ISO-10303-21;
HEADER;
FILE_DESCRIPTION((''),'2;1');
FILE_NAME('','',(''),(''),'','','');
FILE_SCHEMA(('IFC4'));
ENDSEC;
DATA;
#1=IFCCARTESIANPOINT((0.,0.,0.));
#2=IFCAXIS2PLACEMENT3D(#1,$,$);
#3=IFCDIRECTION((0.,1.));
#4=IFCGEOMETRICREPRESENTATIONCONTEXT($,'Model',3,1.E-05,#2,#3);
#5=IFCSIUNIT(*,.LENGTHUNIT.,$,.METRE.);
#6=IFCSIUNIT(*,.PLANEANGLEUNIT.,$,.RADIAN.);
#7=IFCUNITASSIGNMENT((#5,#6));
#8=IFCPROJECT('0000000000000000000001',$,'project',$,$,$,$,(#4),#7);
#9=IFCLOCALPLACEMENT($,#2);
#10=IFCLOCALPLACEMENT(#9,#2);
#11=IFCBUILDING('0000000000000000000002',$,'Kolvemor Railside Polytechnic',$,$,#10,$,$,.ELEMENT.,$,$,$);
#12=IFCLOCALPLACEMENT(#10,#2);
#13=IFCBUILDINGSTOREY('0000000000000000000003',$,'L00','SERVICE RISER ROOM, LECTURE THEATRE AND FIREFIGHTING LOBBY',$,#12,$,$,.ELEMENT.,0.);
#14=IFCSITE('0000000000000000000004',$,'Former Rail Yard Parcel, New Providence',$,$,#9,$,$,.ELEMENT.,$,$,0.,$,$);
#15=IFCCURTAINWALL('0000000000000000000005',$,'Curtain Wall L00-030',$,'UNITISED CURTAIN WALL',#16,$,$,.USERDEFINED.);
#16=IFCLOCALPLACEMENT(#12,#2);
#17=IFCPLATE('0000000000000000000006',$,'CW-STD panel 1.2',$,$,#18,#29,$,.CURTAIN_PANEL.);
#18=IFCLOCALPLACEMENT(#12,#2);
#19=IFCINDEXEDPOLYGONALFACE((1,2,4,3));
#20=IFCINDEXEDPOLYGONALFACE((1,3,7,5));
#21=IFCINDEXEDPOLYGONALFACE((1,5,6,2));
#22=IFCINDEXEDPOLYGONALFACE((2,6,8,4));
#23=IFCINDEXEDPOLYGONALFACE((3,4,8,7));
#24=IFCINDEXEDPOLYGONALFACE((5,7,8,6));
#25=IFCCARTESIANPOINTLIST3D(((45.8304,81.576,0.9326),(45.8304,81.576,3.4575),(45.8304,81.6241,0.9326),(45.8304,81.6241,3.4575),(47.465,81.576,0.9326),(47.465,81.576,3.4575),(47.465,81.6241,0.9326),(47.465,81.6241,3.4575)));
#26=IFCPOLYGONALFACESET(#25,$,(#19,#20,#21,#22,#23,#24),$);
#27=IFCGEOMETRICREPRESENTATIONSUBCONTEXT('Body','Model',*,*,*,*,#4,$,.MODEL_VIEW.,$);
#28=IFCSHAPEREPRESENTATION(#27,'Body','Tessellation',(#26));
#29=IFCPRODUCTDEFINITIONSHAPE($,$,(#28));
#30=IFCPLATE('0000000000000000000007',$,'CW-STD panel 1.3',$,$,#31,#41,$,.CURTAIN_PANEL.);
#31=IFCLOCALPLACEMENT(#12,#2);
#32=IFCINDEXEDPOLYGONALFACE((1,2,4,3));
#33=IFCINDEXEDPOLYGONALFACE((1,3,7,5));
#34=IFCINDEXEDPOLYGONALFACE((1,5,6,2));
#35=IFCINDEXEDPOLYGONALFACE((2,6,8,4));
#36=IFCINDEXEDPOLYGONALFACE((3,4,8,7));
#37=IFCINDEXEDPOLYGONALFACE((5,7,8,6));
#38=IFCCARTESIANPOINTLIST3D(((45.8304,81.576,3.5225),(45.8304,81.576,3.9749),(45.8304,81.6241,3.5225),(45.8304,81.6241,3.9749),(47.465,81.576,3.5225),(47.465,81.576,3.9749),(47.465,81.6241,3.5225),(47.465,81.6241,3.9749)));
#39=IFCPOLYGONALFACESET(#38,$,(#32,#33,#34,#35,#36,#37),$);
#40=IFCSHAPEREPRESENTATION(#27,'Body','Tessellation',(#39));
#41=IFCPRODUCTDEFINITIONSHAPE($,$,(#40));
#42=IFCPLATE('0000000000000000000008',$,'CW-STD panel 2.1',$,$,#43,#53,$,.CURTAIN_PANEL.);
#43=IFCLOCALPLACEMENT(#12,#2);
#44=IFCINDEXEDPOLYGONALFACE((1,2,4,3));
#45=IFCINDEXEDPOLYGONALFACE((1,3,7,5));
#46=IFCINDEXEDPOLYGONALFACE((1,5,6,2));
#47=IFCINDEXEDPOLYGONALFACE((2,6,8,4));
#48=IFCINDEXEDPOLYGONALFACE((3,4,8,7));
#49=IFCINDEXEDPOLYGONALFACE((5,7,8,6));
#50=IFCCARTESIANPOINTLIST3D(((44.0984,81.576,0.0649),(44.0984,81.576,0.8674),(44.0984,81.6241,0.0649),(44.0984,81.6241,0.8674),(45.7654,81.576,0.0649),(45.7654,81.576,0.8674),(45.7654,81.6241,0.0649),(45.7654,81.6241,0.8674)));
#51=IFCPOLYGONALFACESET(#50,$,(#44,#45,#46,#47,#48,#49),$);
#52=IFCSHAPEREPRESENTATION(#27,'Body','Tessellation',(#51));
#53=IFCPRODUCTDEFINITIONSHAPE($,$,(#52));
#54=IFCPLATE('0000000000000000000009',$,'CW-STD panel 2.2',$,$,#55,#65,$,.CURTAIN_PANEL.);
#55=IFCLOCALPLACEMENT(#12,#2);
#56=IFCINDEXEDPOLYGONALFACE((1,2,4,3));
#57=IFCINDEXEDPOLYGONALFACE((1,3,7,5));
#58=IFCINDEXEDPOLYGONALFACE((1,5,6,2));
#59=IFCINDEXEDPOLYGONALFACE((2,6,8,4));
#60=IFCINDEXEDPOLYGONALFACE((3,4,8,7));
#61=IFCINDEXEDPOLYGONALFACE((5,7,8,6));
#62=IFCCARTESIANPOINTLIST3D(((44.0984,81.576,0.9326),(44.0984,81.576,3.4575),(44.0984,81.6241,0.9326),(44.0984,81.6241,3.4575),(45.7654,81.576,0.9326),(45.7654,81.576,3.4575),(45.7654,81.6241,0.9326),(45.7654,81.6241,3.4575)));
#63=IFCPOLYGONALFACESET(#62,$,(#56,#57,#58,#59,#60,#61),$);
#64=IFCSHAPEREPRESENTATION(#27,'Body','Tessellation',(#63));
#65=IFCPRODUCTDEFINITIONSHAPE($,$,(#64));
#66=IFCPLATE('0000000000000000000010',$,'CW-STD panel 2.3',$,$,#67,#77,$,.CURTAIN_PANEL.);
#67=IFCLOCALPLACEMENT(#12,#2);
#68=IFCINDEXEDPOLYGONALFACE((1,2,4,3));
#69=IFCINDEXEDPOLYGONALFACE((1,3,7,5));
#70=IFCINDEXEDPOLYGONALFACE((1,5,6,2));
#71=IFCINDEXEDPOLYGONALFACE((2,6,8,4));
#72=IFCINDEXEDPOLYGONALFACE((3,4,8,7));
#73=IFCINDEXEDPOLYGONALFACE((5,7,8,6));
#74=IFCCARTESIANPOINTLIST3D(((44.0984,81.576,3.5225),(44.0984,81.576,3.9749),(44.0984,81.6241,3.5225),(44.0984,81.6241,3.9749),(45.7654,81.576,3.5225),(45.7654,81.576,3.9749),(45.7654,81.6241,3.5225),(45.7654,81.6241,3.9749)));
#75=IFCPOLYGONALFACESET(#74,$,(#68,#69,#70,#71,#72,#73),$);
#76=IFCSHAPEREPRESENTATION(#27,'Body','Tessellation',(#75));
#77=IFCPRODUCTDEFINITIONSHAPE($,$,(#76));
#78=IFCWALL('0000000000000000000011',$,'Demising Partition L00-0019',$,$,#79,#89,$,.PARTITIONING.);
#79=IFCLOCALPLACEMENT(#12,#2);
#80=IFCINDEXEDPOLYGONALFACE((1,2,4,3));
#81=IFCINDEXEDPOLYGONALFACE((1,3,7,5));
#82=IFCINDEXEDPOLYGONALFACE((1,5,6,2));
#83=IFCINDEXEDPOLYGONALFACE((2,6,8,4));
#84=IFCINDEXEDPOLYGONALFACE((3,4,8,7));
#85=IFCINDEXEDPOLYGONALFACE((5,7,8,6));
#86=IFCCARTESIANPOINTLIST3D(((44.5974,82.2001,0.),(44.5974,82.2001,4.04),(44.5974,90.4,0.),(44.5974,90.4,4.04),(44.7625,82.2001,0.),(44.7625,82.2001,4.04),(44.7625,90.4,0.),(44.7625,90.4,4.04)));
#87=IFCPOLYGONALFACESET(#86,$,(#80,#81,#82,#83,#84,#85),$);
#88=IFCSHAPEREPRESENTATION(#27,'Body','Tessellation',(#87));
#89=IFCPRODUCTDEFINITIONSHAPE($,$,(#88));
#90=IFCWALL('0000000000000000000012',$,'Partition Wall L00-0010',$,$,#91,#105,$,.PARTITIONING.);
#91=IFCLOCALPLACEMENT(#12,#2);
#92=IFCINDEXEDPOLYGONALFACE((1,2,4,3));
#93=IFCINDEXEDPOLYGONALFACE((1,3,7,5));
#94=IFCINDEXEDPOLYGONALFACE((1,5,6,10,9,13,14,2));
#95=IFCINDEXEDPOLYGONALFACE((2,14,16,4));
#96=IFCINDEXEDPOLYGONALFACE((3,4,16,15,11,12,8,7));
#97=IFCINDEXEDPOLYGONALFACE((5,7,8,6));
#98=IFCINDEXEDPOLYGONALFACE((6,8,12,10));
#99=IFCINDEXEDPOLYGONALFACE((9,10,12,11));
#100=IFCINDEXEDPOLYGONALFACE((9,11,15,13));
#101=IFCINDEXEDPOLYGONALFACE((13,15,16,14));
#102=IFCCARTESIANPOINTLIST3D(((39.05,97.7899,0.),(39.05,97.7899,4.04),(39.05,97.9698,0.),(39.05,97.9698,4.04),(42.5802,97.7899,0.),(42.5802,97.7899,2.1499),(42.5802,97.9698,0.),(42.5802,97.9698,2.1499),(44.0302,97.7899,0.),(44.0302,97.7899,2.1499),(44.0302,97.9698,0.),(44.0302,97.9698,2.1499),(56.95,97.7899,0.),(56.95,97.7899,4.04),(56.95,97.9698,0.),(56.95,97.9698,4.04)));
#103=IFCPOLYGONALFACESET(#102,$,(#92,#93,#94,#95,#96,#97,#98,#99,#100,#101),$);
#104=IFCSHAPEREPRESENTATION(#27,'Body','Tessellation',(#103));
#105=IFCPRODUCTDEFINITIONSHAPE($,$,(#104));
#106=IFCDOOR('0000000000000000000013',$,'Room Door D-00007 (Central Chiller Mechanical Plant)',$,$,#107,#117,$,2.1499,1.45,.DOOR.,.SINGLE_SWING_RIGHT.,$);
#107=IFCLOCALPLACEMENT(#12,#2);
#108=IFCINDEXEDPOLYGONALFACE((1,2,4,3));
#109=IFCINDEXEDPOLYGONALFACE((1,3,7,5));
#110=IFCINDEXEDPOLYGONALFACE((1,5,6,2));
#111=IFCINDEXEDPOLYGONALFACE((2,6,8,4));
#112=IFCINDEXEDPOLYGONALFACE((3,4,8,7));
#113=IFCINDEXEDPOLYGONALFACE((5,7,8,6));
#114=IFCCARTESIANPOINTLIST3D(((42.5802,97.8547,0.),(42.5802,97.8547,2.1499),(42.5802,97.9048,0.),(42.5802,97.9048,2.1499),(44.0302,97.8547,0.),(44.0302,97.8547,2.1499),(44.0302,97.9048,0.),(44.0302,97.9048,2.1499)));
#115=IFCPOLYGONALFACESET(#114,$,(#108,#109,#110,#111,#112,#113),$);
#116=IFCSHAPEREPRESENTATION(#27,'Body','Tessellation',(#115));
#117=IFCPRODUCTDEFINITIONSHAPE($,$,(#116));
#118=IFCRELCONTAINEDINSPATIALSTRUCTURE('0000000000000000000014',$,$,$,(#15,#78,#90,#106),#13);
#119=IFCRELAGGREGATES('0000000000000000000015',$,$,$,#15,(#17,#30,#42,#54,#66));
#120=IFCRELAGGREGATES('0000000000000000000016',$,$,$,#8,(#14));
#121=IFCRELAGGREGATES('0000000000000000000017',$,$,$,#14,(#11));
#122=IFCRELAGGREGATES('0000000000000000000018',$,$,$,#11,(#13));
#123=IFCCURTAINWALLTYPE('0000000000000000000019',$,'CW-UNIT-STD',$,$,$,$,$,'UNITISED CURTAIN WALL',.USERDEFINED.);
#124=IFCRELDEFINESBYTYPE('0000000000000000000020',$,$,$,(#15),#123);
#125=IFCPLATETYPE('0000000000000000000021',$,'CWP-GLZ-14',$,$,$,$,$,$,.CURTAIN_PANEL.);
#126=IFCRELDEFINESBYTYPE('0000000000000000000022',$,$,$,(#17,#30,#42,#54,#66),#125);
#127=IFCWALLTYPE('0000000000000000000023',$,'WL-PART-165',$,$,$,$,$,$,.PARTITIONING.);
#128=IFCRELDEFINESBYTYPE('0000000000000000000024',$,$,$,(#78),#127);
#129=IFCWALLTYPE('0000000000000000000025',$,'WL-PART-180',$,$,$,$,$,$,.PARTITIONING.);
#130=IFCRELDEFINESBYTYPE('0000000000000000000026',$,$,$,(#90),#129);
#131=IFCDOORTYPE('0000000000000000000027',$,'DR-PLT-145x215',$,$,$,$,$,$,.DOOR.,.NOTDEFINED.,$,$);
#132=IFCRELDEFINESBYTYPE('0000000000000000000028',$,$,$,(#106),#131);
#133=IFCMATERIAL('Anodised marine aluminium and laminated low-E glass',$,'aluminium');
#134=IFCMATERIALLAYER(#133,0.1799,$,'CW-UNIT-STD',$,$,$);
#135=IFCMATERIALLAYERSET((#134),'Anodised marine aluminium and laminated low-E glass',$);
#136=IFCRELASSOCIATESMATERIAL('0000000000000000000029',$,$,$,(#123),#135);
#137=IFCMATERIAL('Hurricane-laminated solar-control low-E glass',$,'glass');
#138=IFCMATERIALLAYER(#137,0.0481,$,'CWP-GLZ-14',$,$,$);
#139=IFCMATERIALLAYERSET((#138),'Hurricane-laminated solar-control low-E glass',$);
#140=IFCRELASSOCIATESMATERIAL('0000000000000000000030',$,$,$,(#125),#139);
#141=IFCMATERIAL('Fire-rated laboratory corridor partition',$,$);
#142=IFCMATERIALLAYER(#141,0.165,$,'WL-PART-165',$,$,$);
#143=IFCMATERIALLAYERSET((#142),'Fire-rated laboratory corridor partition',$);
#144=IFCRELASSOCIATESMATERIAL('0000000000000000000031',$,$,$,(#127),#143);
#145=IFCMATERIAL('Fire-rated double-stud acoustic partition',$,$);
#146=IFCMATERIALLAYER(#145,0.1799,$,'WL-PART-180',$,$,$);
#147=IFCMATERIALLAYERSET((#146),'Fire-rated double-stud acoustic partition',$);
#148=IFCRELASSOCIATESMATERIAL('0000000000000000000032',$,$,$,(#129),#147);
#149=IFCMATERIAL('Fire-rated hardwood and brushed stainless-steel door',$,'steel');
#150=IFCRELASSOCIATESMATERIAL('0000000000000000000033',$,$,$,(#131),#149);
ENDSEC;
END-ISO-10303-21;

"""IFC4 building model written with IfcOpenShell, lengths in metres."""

from ifc_helpers import new_model, si_unit, direction, frame, frame_2d, origin, origin_2d, place, context, subcontext, project, spatial, rectangle, extrude, material, layer, layer_set, type_object, element, fill, aggregate, save


model = new_model("IFC4")

# Units and contexts
model_context = context("Model", 3, precision=1e-05, world=origin(), true_north=direction((0.0, 1.0)))
body_context = subcontext(model_context, "Body", "Model", "MODEL_VIEW")
ifc_project = project(units=[si_unit("LENGTHUNIT", "METRE"), si_unit("PLANEANGLEUNIT", "RADIAN")], contexts=[model_context])

# Site, building, storey
site_placement = place(None, origin())
site = spatial("IfcSite", under=ifc_project, at=site_placement, Name="Former Rail Yard Parcel, New Providence", CompositionType="ELEMENT", RefElevation=0.0)
building_placement = place(site_placement, origin())
building = spatial("IfcBuilding", under=site, at=building_placement, Name="Kolvemor Railside Polytechnic", CompositionType="ELEMENT")
storey_placement = place(building_placement, origin())
storey = spatial("IfcBuildingStorey", under=building, at=storey_placement, Name="L00", Description="SERVICE RISER ROOM, LECTURE THEATRE AND FIREFIGHTING LOBBY", CompositionType="ELEMENT", Elevation=0.0)

# Curtain wall, plates
ifc_material_1 = material(Name="Anodised marine aluminium and laminated low-E glass", Category="aluminium")
ifc_layer_1 = layer(ifc_material_1, 0.1799, Name="CW-UNIT-STD")
ifc_layer_set_1 = layer_set([ifc_layer_1], Name="Anodised marine aluminium and laminated low-E glass")
curtain_wall_type = type_object("IfcCurtainWallType", Name="CW-UNIT-STD", ElementType="UNITISED CURTAIN WALL", PredefinedType="USERDEFINED", material=ifc_layer_set_1)
curtain_wall_placement = place(storey_placement, origin())
curtain_wall = element("IfcCurtainWall", 1, at=curtain_wall_placement, inside=storey, type_object=curtain_wall_type, Name="Curtain Wall L00-030", ObjectType="UNITISED CURTAIN WALL", PredefinedType="USERDEFINED")
ifc_material_2 = material(Name="Hurricane-laminated solar-control low-E glass", Category="glass")
ifc_layer_2 = layer(ifc_material_2, 0.0481, Name="CWP-GLZ-14")
ifc_layer_set_2 = layer_set([ifc_layer_2], Name="Hurricane-laminated solar-control low-E glass")
plate_type = type_object("IfcPlateType", Name="CWP-GLZ-14", PredefinedType="CURTAIN_PANEL", material=ifc_layer_set_2)
plate_1_placement = place(storey_placement, frame((46.6477, 81.6001, 0.9326), z_axis=(0.0, 0.0, 1.0), x_axis=(-1.0, 0.0, 0.0)))
plate_1 = element("IfcPlate", 2, at=plate_1_placement, type_object=plate_type, Name="CW-STD panel 1.2", PredefinedType="CURTAIN_PANEL", context=body_context, shape_type="SweptSolid", body=[
    extrude(rectangle(XDim=1.6345, YDim=0.0481, at=origin_2d()), origin(), (0.0, 0.0, 1.0), 2.5249),
])
plate_2_placement = place(storey_placement, frame((46.6477, 81.6001, 3.5225), z_axis=(0.0, 0.0, 1.0), x_axis=(-1.0, 0.0, 0.0)))
plate_2 = element("IfcPlate", 3, at=plate_2_placement, type_object=plate_type, Name="CW-STD panel 1.3", PredefinedType="CURTAIN_PANEL", context=body_context, shape_type="SweptSolid", body=[
    extrude(rectangle(XDim=1.6345, YDim=0.0481, at=origin_2d()), origin(), (0.0, 0.0, 1.0), 0.4524),
])
plate_3_placement = place(storey_placement, frame((44.9319, 81.6001, 0.0649), z_axis=(0.0, 0.0, 1.0), x_axis=(-1.0, 0.0, 0.0)))
plate_3 = element("IfcPlate", 4, at=plate_3_placement, type_object=plate_type, Name="CW-STD panel 2.1", PredefinedType="CURTAIN_PANEL", context=body_context, shape_type="SweptSolid", body=[
    extrude(rectangle(XDim=1.667, YDim=0.0481, at=origin_2d()), origin(), (0.0, 0.0, 1.0), 0.8025),
])
plate_4_placement = place(storey_placement, frame((44.9319, 81.6001, 0.9326), z_axis=(0.0, 0.0, 1.0), x_axis=(-1.0, 0.0, 0.0)))
plate_4 = element("IfcPlate", 5, at=plate_4_placement, type_object=plate_type, Name="CW-STD panel 2.2", PredefinedType="CURTAIN_PANEL", context=body_context, shape_type="SweptSolid", body=[
    extrude(rectangle(XDim=1.667, YDim=0.0481, at=origin_2d()), origin(), (0.0, 0.0, 1.0), 2.5249),
])
plate_5_placement = place(storey_placement, frame((44.9319, 81.6001, 3.5225), z_axis=(0.0, 0.0, 1.0), x_axis=(-1.0, 0.0, 0.0)))
plate_5 = element("IfcPlate", 6, at=plate_5_placement, type_object=plate_type, Name="CW-STD panel 2.3", PredefinedType="CURTAIN_PANEL", context=body_context, shape_type="SweptSolid", body=[
    extrude(rectangle(XDim=1.667, YDim=0.0481, at=origin_2d()), origin(), (0.0, 0.0, 1.0), 0.4524),
])
aggregate(curtain_wall, [plate_1, plate_2, plate_3, plate_4, plate_5])

# Wall
ifc_material_3 = material(Name="Fire-rated laboratory corridor partition")
ifc_layer_3 = layer(ifc_material_3, 0.165, Name="WL-PART-165")
ifc_layer_set_3 = layer_set([ifc_layer_3], Name="Fire-rated laboratory corridor partition")
wall_type_1 = type_object("IfcWallType", Name="WL-PART-165", PredefinedType="PARTITIONING", material=ifc_layer_set_3)
wall_1_placement = place(storey_placement, frame((44.6799, 82.2, 0.0), z_axis=(0.0, 0.0, 1.0), x_axis=(0.0, 1.0, 0.0)))
element("IfcWall", 7, at=wall_1_placement, inside=storey, type_object=wall_type_1, Name="Demising Partition L00-0019", PredefinedType="PARTITIONING", context=body_context, shape_type="SweptSolid", body=[
    extrude(rectangle(XDim=8.2, YDim=0.165, at=frame_2d((4.1001, 0.0))), origin(), (0.0, 0.0, 1.0), 4.04),
])

# Wall, opening, door
ifc_material_4 = material(Name="Fire-rated double-stud acoustic partition")
ifc_layer_4 = layer(ifc_material_4, 0.1799, Name="WL-PART-180")
ifc_layer_set_4 = layer_set([ifc_layer_4], Name="Fire-rated double-stud acoustic partition")
wall_type_2 = type_object("IfcWallType", Name="WL-PART-180", PredefinedType="PARTITIONING", material=ifc_layer_set_4)
wall_2_placement = place(storey_placement, frame((39.05, 97.8799, 0.0), z_axis=(0.0, 0.0, 1.0), x_axis=(1.0, 0.0, 0.0)))
wall_2 = element("IfcWall", 8, at=wall_2_placement, inside=storey, type_object=wall_type_2, Name="Partition Wall L00-0010", PredefinedType="PARTITIONING", context=body_context, shape_type="SweptSolid", body=[
    extrude(rectangle(XDim=17.8999, YDim=0.1799, at=frame_2d((8.95, 0.0))), origin(), (0.0, 0.0, 1.0), 4.04),
])
opening_placement = place(wall_2_placement, frame((3.53, 0.0, 0.0)))
opening = element("IfcOpeningElement", 9, at=opening_placement, cuts=wall_2, PredefinedType="OPENING", context=body_context, shape_type="SweptSolid", body=[
    extrude(rectangle(XDim=1.45, YDim=2.1499, at=frame_2d((0.7251, 1.075))), frame((0.0, 0.0999, 0.0), z_axis=(0.0, -1.0, 0.0), x_axis=(1.0, 0.0, 0.0)), (0.0, 0.0, 1.0), 0.2),
])
ifc_material_5 = material(Name="Fire-rated hardwood and brushed stainless-steel door", Category="steel")
door_type = type_object("IfcDoorType", Name="DR-PLT-145x215", OperationType="NOTDEFINED", PredefinedType="DOOR", material=ifc_material_5)
door_placement = place(opening_placement, origin())
door = element("IfcDoor", 10, at=door_placement, inside=storey, type_object=door_type, Name="Room Door D-00007 (Central Chiller Mechanical Plant)", OperationType="SINGLE_SWING_RIGHT", OverallHeight=2.1499, OverallWidth=1.45, PredefinedType="DOOR", context=body_context, shape_type="SweptSolid", body=[
    extrude(rectangle(XDim=1.45, YDim=2.1499, at=frame_2d((0.7251, 1.075))), frame((0.0, 0.0249, 0.0), z_axis=(0.0, -1.0, 0.0), x_axis=(1.0, 0.0, 0.0)), (0.0, 0.0, 1.0), 0.05),
])
fill(opening, door)

save(model, "model.ifc")
